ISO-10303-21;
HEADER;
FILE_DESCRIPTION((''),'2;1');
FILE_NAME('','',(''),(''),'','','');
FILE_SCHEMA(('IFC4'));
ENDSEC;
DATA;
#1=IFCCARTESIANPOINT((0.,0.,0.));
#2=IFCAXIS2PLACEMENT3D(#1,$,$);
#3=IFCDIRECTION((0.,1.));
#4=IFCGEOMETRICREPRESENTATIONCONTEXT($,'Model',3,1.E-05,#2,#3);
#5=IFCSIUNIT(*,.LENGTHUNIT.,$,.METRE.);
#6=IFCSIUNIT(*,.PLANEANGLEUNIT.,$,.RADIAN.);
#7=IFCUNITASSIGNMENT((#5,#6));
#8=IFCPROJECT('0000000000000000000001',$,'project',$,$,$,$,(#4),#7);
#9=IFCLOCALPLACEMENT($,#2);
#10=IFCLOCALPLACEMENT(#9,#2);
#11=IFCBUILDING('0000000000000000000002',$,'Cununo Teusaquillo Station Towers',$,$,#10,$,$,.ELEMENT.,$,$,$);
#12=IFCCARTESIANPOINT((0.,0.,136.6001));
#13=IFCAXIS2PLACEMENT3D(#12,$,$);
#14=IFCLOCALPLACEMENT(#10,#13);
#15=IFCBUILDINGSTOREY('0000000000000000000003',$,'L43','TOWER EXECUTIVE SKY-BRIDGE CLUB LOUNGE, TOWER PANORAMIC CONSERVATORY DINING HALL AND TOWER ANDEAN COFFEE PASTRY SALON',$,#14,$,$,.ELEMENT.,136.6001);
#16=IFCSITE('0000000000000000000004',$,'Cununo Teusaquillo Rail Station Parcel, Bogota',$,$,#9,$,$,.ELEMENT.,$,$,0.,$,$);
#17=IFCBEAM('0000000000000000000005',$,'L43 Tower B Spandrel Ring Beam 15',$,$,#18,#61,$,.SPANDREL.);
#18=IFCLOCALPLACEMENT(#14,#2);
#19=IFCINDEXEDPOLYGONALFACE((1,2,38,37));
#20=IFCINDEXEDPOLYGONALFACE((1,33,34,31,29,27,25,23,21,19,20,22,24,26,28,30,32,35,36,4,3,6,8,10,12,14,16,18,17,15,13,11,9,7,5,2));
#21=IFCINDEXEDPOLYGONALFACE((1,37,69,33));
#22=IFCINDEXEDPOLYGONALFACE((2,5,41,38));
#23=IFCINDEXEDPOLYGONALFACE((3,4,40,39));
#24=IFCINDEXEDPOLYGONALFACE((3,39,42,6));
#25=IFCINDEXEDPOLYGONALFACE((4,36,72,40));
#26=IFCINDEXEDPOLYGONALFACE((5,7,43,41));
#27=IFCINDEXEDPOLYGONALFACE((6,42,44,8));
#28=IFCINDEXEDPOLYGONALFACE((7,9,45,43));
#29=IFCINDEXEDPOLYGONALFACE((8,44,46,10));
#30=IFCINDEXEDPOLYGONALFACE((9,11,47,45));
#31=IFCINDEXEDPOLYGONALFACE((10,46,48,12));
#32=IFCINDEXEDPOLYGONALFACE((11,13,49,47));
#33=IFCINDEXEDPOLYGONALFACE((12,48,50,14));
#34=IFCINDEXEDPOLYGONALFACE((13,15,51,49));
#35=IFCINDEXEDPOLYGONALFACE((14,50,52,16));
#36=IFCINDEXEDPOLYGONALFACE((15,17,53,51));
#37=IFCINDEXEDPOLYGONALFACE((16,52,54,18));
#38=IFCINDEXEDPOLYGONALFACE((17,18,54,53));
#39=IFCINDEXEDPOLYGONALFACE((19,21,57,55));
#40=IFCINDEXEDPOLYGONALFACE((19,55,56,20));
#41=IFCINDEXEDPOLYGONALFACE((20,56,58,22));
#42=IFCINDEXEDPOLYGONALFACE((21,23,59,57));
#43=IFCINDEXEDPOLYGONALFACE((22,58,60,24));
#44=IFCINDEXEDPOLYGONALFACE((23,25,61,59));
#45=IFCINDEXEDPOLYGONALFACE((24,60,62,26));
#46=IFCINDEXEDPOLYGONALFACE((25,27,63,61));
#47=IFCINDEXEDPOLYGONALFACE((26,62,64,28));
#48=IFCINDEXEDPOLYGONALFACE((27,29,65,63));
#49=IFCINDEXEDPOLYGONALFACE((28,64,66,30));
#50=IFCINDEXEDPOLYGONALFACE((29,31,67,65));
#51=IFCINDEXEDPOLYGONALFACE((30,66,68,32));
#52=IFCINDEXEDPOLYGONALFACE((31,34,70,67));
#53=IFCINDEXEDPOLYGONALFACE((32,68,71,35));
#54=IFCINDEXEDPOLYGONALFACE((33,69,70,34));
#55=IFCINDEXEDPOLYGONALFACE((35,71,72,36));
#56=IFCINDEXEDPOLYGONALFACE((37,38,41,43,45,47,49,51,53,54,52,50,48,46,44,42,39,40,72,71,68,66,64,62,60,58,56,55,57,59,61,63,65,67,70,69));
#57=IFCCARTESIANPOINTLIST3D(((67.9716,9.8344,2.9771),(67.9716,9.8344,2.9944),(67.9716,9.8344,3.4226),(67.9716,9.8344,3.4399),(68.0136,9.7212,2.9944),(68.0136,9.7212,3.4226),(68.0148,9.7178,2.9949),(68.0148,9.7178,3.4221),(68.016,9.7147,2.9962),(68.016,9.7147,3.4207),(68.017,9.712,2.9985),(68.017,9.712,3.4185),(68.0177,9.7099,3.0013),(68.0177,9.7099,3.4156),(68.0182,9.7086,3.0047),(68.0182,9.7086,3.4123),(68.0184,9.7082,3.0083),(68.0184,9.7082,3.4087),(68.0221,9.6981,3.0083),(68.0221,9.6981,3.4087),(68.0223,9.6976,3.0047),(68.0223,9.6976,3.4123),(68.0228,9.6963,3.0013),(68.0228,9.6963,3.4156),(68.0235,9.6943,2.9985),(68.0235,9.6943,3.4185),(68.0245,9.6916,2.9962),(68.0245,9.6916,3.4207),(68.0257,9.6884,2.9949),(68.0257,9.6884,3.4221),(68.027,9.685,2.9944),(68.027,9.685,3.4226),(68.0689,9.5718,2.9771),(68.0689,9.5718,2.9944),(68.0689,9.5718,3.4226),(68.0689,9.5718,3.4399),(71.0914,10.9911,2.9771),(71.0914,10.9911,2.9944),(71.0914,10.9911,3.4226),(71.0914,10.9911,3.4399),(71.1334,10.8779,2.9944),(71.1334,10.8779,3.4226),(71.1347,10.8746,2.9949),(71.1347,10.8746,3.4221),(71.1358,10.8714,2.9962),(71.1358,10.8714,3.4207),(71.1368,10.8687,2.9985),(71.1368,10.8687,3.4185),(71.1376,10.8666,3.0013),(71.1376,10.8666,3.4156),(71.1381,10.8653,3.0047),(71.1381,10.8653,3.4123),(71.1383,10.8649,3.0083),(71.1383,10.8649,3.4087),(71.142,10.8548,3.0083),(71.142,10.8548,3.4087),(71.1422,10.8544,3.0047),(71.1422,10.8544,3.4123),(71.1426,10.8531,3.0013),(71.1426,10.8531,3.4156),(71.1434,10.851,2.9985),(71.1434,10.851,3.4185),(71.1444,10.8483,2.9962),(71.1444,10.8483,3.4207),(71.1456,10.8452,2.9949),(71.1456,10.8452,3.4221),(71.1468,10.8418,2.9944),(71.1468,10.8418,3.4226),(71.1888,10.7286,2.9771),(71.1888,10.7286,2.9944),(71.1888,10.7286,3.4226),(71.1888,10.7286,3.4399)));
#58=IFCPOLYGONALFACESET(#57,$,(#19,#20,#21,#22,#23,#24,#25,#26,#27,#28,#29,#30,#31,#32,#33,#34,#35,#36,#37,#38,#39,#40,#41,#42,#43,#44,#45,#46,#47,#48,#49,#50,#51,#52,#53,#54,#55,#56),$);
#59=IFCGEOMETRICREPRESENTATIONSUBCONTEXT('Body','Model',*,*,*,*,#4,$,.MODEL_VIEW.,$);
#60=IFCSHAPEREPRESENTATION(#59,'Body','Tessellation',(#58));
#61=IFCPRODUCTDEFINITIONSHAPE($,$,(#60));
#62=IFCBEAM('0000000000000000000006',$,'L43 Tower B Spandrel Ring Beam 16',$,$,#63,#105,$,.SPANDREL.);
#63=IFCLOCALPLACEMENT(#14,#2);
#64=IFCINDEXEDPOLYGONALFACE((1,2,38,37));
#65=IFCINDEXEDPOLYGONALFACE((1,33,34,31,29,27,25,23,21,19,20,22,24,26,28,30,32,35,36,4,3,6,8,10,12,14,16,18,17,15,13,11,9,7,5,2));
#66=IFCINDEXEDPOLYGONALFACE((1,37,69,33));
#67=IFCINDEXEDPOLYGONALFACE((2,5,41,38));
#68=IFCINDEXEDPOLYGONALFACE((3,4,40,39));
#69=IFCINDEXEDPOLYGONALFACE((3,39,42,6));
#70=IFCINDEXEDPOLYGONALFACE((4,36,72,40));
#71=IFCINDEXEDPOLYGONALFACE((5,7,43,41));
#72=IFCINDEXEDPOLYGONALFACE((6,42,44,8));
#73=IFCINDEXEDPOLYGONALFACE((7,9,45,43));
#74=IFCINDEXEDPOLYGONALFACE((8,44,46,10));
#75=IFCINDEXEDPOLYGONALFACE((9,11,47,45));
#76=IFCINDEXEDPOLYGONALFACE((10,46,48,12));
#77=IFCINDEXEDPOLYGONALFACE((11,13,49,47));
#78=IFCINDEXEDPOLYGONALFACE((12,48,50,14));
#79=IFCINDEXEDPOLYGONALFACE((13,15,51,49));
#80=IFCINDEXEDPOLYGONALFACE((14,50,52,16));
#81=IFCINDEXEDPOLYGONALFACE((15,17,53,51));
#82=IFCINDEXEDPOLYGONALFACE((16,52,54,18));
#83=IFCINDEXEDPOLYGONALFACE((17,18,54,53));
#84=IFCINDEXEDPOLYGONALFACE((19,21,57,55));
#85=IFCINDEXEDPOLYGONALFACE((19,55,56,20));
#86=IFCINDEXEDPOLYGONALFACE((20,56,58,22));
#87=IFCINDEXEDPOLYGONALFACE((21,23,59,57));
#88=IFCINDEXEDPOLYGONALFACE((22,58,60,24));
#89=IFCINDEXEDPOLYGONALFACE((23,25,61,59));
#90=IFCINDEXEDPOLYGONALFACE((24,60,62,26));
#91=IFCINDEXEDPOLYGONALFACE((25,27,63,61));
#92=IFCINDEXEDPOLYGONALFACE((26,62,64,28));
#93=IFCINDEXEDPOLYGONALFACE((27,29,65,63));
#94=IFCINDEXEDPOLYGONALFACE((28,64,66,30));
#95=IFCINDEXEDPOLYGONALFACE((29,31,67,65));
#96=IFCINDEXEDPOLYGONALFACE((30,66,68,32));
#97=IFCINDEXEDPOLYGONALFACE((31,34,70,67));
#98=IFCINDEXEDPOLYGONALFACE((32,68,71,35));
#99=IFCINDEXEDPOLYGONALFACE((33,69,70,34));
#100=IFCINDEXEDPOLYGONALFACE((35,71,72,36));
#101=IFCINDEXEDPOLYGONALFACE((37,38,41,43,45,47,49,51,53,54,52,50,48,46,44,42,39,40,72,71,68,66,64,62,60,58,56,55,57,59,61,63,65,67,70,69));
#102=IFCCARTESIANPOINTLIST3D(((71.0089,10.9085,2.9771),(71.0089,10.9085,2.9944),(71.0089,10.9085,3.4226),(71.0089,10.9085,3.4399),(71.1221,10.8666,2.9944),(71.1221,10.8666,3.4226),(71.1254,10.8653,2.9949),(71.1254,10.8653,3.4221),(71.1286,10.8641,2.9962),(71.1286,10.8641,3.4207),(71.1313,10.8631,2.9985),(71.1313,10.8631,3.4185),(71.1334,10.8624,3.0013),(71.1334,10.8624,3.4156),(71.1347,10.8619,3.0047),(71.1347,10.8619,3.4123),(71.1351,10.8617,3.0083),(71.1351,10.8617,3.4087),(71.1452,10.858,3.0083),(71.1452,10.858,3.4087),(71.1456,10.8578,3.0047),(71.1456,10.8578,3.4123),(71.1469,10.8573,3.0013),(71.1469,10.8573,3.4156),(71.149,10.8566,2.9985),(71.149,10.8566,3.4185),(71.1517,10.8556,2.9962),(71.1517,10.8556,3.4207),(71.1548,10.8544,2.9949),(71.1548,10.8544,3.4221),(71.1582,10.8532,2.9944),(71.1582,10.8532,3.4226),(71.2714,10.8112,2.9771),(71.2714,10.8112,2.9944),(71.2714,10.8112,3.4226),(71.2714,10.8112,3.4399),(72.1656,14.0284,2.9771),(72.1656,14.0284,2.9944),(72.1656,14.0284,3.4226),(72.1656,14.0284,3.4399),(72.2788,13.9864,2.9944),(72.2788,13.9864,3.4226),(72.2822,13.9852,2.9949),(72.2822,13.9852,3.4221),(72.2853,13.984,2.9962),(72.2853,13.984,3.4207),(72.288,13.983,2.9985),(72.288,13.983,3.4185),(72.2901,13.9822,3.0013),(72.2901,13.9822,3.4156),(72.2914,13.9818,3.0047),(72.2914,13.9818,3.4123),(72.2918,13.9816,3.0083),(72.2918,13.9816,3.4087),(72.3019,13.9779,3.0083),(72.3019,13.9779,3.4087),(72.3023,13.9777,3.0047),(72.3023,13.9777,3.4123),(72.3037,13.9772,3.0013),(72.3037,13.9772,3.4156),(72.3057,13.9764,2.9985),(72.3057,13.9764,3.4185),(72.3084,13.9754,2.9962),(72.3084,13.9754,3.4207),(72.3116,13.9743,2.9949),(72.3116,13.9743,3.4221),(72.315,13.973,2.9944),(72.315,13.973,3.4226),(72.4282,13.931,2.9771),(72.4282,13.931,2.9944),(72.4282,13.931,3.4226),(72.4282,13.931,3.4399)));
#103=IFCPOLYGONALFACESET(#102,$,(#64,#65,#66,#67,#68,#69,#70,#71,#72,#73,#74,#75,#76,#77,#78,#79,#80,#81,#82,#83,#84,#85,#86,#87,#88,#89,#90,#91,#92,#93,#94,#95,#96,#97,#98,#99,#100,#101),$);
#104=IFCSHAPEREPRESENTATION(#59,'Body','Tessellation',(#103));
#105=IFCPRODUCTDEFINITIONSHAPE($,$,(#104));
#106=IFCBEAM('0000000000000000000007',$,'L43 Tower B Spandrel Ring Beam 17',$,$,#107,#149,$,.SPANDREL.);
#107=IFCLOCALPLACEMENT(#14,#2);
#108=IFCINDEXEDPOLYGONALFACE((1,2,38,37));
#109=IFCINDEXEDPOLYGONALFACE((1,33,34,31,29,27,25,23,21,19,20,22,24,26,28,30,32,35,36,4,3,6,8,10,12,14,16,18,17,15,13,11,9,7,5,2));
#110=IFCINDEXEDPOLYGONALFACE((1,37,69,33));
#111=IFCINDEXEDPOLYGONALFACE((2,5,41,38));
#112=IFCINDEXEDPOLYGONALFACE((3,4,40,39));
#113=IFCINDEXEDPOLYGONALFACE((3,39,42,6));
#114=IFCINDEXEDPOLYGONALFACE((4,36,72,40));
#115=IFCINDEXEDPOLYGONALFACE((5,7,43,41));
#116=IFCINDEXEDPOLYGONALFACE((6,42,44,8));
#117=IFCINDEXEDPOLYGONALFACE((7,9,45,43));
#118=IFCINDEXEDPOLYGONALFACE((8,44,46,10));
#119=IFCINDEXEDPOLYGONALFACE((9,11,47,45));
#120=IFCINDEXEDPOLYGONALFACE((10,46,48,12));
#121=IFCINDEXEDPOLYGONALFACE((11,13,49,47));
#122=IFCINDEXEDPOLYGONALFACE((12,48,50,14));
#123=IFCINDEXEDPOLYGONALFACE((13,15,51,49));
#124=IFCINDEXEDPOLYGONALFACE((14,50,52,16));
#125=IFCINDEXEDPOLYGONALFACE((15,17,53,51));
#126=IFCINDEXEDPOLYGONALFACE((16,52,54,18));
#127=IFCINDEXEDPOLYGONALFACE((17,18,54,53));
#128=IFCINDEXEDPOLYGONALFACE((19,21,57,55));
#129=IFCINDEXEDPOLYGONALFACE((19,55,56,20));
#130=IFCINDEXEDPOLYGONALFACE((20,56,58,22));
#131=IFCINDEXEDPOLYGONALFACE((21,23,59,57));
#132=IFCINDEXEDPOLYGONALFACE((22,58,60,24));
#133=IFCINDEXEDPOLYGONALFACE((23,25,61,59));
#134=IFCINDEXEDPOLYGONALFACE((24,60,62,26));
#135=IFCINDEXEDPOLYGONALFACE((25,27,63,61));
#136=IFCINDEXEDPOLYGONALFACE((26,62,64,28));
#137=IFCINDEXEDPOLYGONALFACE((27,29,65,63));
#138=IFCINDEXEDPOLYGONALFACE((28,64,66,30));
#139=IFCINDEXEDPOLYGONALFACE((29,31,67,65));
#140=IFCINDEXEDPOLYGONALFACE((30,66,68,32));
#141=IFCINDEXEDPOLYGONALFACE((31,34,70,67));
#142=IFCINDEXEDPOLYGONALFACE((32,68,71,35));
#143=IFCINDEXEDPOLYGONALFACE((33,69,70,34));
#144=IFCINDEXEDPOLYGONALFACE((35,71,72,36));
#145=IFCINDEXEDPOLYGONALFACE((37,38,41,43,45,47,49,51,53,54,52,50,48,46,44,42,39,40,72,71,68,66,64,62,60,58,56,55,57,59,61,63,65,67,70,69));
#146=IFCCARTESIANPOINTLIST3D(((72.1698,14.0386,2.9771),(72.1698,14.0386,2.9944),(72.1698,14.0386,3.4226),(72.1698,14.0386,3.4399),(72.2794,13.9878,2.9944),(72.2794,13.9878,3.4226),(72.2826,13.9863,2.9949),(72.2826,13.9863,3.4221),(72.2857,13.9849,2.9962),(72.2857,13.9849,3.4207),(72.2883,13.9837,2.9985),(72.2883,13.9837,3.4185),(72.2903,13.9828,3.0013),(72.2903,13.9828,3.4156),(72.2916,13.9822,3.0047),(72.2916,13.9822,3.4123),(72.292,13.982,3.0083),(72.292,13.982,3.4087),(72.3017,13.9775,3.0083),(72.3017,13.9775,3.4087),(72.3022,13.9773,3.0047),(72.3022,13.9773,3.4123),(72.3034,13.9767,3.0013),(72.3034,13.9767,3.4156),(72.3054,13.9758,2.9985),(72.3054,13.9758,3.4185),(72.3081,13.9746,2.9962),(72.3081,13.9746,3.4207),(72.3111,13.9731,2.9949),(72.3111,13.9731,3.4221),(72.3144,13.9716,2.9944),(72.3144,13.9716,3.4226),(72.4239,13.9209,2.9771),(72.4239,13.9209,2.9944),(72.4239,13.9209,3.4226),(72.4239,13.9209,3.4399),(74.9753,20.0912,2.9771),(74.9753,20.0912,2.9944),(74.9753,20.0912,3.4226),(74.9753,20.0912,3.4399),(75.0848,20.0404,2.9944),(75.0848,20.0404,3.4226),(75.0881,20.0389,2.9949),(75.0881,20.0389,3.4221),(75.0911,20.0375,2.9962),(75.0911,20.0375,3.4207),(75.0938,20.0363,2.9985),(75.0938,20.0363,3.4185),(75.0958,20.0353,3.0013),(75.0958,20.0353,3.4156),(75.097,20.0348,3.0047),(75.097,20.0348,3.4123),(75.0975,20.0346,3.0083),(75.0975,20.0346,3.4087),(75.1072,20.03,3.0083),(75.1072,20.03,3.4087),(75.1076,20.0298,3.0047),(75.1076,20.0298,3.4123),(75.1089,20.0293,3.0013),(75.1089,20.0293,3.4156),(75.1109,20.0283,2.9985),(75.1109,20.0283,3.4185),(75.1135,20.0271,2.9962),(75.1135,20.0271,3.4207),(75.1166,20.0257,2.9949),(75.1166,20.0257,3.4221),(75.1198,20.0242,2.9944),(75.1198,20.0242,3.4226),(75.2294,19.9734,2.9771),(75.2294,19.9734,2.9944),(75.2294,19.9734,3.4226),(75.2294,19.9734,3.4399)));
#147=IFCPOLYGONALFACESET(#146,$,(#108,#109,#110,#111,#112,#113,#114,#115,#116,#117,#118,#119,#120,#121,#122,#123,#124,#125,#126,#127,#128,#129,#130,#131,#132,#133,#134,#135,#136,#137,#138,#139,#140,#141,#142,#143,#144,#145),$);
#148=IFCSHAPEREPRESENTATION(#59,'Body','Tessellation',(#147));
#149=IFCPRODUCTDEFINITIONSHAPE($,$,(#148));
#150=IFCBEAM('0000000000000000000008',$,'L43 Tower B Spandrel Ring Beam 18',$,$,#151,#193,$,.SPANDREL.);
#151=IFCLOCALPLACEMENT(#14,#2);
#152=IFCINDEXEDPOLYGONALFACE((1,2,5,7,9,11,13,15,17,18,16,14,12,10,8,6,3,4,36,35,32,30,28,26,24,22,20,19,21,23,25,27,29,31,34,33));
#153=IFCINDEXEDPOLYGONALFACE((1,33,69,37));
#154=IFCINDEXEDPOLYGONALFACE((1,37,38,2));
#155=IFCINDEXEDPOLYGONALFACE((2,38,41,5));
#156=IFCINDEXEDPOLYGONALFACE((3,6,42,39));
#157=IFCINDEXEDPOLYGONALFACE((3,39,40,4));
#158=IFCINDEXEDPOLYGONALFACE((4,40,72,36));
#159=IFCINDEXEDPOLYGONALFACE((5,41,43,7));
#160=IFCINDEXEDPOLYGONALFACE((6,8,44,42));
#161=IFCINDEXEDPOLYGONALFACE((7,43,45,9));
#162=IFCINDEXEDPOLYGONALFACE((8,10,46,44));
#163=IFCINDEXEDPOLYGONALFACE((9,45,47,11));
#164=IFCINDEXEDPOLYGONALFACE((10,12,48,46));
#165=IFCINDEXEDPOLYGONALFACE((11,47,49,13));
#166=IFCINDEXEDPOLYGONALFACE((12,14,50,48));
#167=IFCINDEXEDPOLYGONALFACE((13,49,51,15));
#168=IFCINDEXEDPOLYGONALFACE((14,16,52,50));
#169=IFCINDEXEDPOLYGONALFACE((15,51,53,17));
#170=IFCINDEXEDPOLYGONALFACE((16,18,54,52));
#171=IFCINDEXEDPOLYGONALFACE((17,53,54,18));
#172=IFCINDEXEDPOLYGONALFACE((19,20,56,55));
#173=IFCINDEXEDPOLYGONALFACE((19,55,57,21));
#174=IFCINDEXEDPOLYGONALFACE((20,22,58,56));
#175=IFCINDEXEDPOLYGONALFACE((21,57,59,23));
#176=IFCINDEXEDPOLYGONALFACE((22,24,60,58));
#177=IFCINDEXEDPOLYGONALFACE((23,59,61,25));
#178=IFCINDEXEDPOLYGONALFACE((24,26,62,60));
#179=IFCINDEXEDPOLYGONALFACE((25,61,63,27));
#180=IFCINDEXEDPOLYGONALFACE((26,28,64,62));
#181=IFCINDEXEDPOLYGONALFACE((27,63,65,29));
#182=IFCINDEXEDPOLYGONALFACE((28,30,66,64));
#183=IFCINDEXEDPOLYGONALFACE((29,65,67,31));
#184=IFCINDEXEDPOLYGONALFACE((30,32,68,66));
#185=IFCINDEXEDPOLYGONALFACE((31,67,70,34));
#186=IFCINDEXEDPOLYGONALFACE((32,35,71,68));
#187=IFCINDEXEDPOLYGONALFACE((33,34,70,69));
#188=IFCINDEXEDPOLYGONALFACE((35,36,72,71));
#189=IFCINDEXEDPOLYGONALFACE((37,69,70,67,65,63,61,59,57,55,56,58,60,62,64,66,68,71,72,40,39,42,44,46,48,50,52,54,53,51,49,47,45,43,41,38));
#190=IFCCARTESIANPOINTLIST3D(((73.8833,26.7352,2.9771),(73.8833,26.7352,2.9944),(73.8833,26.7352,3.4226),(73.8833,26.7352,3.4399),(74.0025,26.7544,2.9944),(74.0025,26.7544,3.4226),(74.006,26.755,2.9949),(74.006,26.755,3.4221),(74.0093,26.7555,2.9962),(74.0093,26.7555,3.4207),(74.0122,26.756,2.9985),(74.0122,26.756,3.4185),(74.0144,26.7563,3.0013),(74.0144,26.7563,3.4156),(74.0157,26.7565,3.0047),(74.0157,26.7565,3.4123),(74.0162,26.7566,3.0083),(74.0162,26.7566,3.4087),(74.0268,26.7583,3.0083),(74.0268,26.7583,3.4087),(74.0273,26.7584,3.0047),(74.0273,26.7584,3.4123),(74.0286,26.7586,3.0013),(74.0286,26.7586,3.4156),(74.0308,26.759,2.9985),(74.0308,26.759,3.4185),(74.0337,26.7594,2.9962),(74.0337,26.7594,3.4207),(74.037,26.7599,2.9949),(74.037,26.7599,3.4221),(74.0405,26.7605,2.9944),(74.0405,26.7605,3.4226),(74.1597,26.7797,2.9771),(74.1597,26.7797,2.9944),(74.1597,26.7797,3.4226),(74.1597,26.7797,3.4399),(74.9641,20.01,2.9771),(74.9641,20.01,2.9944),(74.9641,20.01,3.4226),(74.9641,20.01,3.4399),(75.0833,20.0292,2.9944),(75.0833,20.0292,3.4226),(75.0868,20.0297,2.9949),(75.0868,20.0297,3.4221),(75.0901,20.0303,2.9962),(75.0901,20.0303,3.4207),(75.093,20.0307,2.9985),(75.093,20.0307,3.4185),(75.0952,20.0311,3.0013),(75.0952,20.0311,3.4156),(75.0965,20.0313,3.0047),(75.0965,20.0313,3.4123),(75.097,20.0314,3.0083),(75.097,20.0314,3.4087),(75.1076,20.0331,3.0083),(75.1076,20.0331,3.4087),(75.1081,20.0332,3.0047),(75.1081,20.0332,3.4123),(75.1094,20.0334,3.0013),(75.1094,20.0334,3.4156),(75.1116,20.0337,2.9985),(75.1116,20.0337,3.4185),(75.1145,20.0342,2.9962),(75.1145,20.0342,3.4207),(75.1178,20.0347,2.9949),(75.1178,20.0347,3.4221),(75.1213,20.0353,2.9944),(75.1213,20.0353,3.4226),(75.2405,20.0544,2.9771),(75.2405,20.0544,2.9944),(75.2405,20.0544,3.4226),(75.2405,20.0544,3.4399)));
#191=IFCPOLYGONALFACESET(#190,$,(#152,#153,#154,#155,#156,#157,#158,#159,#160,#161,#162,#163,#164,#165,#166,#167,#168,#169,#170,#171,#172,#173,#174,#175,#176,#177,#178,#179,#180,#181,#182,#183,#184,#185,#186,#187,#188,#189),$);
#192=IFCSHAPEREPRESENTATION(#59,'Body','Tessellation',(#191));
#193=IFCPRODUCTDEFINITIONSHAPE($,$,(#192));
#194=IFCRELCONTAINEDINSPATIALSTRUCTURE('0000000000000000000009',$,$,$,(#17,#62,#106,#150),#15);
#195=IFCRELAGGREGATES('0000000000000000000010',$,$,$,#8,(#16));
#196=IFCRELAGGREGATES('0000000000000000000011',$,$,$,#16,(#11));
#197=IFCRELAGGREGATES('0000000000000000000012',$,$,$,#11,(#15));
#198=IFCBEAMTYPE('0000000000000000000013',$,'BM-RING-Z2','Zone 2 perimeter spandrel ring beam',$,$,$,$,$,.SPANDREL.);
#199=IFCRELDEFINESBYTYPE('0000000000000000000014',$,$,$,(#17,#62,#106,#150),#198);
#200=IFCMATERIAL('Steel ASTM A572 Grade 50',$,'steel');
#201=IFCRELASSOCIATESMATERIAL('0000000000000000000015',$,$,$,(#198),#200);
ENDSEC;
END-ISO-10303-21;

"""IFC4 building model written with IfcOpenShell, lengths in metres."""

from ifc_helpers import new_model, si_unit, direction, frame, origin, origin_2d, place, context, subcontext, project, spatial, i_section, extrude, material, material_profile, profile_set, type_object, element, save


model = new_model("IFC4")

# Units and contexts
model_context = context("Model", 3, precision=1e-05, world=origin(), true_north=direction((0.0, 1.0)))
body_context = subcontext(model_context, "Body", "Model", "MODEL_VIEW")
ifc_project = project(units=[si_unit("LENGTHUNIT", "METRE"), si_unit("PLANEANGLEUNIT", "RADIAN")], contexts=[model_context])

# Site, building, storey
site_placement = place(None, origin())
site = spatial("IfcSite", under=ifc_project, at=site_placement, Name="Cununo Teusaquillo Rail Station Parcel, Bogota", CompositionType="ELEMENT", RefElevation=0.0)
building_placement = place(site_placement, origin())
building = spatial("IfcBuilding", under=site, at=building_placement, Name="Cununo Teusaquillo Station Towers", CompositionType="ELEMENT")
storey_placement = place(building_placement, frame((0.0, 0.0, 136.6001)))
storey = spatial("IfcBuildingStorey", under=building, at=storey_placement, Name="L43", Description="TOWER EXECUTIVE SKY-BRIDGE CLUB LOUNGE, TOWER PANORAMIC CONSERVATORY DINING HALL AND TOWER ANDEAN COFFEE PASTRY SALON", CompositionType="ELEMENT", Elevation=136.6001)

# Beams
ifc_material_1 = material(Name="Steel ASTM A572 Grade 50", Category="steel")
ifc_material_profile_1 = material_profile(ifc_material_1, i_section(OverallWidth=0.28, OverallDepth=0.4629, WebThickness=0.0107, FlangeThickness=0.0173, FilletRadius=0.0139, at=origin_2d()), Name="W18X76")
ifc_profile_set_1 = profile_set([ifc_material_profile_1], Name="Steel ASTM A572 Grade 50")
beam_type_1 = type_object("IfcBeamType", Name="BM-RING-Z2", Description="Zone 2 perimeter spandrel ring beam", PredefinedType="SPANDREL", material=ifc_profile_set_1)
for number, where, z_axis, x_axis, name in (
    (1, (68.0203, 9.7031, 3.2085), (0.937628, 0.347639, 0.0), (-0.347639, 0.937628, 0.0), "L43 Tower B Spandrel Ring Beam 15"),
    (2, (71.1401, 10.8599, 3.2085), (0.347639, 0.937628, 0.0), (-0.937628, 0.347639, 0.0), "L43 Tower B Spandrel Ring Beam 16"),
):
    element("IfcBeam", number, at=place(storey_placement, frame(where, z_axis=z_axis, x_axis=x_axis)), inside=storey, type_object=beam_type_1, Name=name, PredefinedType="SPANDREL", context=body_context, shape_type="SweptSolid", body=[
        extrude(i_section(OverallWidth=0.28, OverallDepth=0.4629, WebThickness=0.0107, FlangeThickness=0.0173, FilletRadius=0.0139, at=origin_2d()), origin(), (0.0, 0.0, 1.0), 3.3274),
    ])
beam_1_placement = place(storey_placement, frame((72.2969, 13.9797, 3.2085), z_axis=(0.420536, 0.907276, 0.0), x_axis=(-0.907276, 0.420536, 0.0)))
element("IfcBeam", 3, at=beam_1_placement, inside=storey, type_object=beam_type_1, Name="L43 Tower B Spandrel Ring Beam 17", PredefinedType="SPANDREL", context=body_context, shape_type="SweptSolid", body=[
    extrude(i_section(OverallWidth=0.28, OverallDepth=0.4629, WebThickness=0.0107, FlangeThickness=0.0173, FilletRadius=0.0139, at=origin_2d()), origin(), (0.0, 0.0, 1.0), 6.6711),
])
beam_2_placement = place(storey_placement, frame((75.1023, 20.0322, 3.2085), z_axis=(-0.158671, 0.987331, 0.0), x_axis=(-0.987331, -0.158671, 0.0)))
element("IfcBeam", 4, at=beam_2_placement, inside=storey, type_object=beam_type_1, Name="L43 Tower B Spandrel Ring Beam 18", PredefinedType="SPANDREL", context=body_context, shape_type="SweptSolid", body=[
    extrude(i_section(OverallWidth=0.28, OverallDepth=0.4629, WebThickness=0.0107, FlangeThickness=0.0173, FilletRadius=0.0139, at=origin_2d()), origin(), (0.0, 0.0, 1.0), 6.8115),
])

save(model, "model.ifc")
